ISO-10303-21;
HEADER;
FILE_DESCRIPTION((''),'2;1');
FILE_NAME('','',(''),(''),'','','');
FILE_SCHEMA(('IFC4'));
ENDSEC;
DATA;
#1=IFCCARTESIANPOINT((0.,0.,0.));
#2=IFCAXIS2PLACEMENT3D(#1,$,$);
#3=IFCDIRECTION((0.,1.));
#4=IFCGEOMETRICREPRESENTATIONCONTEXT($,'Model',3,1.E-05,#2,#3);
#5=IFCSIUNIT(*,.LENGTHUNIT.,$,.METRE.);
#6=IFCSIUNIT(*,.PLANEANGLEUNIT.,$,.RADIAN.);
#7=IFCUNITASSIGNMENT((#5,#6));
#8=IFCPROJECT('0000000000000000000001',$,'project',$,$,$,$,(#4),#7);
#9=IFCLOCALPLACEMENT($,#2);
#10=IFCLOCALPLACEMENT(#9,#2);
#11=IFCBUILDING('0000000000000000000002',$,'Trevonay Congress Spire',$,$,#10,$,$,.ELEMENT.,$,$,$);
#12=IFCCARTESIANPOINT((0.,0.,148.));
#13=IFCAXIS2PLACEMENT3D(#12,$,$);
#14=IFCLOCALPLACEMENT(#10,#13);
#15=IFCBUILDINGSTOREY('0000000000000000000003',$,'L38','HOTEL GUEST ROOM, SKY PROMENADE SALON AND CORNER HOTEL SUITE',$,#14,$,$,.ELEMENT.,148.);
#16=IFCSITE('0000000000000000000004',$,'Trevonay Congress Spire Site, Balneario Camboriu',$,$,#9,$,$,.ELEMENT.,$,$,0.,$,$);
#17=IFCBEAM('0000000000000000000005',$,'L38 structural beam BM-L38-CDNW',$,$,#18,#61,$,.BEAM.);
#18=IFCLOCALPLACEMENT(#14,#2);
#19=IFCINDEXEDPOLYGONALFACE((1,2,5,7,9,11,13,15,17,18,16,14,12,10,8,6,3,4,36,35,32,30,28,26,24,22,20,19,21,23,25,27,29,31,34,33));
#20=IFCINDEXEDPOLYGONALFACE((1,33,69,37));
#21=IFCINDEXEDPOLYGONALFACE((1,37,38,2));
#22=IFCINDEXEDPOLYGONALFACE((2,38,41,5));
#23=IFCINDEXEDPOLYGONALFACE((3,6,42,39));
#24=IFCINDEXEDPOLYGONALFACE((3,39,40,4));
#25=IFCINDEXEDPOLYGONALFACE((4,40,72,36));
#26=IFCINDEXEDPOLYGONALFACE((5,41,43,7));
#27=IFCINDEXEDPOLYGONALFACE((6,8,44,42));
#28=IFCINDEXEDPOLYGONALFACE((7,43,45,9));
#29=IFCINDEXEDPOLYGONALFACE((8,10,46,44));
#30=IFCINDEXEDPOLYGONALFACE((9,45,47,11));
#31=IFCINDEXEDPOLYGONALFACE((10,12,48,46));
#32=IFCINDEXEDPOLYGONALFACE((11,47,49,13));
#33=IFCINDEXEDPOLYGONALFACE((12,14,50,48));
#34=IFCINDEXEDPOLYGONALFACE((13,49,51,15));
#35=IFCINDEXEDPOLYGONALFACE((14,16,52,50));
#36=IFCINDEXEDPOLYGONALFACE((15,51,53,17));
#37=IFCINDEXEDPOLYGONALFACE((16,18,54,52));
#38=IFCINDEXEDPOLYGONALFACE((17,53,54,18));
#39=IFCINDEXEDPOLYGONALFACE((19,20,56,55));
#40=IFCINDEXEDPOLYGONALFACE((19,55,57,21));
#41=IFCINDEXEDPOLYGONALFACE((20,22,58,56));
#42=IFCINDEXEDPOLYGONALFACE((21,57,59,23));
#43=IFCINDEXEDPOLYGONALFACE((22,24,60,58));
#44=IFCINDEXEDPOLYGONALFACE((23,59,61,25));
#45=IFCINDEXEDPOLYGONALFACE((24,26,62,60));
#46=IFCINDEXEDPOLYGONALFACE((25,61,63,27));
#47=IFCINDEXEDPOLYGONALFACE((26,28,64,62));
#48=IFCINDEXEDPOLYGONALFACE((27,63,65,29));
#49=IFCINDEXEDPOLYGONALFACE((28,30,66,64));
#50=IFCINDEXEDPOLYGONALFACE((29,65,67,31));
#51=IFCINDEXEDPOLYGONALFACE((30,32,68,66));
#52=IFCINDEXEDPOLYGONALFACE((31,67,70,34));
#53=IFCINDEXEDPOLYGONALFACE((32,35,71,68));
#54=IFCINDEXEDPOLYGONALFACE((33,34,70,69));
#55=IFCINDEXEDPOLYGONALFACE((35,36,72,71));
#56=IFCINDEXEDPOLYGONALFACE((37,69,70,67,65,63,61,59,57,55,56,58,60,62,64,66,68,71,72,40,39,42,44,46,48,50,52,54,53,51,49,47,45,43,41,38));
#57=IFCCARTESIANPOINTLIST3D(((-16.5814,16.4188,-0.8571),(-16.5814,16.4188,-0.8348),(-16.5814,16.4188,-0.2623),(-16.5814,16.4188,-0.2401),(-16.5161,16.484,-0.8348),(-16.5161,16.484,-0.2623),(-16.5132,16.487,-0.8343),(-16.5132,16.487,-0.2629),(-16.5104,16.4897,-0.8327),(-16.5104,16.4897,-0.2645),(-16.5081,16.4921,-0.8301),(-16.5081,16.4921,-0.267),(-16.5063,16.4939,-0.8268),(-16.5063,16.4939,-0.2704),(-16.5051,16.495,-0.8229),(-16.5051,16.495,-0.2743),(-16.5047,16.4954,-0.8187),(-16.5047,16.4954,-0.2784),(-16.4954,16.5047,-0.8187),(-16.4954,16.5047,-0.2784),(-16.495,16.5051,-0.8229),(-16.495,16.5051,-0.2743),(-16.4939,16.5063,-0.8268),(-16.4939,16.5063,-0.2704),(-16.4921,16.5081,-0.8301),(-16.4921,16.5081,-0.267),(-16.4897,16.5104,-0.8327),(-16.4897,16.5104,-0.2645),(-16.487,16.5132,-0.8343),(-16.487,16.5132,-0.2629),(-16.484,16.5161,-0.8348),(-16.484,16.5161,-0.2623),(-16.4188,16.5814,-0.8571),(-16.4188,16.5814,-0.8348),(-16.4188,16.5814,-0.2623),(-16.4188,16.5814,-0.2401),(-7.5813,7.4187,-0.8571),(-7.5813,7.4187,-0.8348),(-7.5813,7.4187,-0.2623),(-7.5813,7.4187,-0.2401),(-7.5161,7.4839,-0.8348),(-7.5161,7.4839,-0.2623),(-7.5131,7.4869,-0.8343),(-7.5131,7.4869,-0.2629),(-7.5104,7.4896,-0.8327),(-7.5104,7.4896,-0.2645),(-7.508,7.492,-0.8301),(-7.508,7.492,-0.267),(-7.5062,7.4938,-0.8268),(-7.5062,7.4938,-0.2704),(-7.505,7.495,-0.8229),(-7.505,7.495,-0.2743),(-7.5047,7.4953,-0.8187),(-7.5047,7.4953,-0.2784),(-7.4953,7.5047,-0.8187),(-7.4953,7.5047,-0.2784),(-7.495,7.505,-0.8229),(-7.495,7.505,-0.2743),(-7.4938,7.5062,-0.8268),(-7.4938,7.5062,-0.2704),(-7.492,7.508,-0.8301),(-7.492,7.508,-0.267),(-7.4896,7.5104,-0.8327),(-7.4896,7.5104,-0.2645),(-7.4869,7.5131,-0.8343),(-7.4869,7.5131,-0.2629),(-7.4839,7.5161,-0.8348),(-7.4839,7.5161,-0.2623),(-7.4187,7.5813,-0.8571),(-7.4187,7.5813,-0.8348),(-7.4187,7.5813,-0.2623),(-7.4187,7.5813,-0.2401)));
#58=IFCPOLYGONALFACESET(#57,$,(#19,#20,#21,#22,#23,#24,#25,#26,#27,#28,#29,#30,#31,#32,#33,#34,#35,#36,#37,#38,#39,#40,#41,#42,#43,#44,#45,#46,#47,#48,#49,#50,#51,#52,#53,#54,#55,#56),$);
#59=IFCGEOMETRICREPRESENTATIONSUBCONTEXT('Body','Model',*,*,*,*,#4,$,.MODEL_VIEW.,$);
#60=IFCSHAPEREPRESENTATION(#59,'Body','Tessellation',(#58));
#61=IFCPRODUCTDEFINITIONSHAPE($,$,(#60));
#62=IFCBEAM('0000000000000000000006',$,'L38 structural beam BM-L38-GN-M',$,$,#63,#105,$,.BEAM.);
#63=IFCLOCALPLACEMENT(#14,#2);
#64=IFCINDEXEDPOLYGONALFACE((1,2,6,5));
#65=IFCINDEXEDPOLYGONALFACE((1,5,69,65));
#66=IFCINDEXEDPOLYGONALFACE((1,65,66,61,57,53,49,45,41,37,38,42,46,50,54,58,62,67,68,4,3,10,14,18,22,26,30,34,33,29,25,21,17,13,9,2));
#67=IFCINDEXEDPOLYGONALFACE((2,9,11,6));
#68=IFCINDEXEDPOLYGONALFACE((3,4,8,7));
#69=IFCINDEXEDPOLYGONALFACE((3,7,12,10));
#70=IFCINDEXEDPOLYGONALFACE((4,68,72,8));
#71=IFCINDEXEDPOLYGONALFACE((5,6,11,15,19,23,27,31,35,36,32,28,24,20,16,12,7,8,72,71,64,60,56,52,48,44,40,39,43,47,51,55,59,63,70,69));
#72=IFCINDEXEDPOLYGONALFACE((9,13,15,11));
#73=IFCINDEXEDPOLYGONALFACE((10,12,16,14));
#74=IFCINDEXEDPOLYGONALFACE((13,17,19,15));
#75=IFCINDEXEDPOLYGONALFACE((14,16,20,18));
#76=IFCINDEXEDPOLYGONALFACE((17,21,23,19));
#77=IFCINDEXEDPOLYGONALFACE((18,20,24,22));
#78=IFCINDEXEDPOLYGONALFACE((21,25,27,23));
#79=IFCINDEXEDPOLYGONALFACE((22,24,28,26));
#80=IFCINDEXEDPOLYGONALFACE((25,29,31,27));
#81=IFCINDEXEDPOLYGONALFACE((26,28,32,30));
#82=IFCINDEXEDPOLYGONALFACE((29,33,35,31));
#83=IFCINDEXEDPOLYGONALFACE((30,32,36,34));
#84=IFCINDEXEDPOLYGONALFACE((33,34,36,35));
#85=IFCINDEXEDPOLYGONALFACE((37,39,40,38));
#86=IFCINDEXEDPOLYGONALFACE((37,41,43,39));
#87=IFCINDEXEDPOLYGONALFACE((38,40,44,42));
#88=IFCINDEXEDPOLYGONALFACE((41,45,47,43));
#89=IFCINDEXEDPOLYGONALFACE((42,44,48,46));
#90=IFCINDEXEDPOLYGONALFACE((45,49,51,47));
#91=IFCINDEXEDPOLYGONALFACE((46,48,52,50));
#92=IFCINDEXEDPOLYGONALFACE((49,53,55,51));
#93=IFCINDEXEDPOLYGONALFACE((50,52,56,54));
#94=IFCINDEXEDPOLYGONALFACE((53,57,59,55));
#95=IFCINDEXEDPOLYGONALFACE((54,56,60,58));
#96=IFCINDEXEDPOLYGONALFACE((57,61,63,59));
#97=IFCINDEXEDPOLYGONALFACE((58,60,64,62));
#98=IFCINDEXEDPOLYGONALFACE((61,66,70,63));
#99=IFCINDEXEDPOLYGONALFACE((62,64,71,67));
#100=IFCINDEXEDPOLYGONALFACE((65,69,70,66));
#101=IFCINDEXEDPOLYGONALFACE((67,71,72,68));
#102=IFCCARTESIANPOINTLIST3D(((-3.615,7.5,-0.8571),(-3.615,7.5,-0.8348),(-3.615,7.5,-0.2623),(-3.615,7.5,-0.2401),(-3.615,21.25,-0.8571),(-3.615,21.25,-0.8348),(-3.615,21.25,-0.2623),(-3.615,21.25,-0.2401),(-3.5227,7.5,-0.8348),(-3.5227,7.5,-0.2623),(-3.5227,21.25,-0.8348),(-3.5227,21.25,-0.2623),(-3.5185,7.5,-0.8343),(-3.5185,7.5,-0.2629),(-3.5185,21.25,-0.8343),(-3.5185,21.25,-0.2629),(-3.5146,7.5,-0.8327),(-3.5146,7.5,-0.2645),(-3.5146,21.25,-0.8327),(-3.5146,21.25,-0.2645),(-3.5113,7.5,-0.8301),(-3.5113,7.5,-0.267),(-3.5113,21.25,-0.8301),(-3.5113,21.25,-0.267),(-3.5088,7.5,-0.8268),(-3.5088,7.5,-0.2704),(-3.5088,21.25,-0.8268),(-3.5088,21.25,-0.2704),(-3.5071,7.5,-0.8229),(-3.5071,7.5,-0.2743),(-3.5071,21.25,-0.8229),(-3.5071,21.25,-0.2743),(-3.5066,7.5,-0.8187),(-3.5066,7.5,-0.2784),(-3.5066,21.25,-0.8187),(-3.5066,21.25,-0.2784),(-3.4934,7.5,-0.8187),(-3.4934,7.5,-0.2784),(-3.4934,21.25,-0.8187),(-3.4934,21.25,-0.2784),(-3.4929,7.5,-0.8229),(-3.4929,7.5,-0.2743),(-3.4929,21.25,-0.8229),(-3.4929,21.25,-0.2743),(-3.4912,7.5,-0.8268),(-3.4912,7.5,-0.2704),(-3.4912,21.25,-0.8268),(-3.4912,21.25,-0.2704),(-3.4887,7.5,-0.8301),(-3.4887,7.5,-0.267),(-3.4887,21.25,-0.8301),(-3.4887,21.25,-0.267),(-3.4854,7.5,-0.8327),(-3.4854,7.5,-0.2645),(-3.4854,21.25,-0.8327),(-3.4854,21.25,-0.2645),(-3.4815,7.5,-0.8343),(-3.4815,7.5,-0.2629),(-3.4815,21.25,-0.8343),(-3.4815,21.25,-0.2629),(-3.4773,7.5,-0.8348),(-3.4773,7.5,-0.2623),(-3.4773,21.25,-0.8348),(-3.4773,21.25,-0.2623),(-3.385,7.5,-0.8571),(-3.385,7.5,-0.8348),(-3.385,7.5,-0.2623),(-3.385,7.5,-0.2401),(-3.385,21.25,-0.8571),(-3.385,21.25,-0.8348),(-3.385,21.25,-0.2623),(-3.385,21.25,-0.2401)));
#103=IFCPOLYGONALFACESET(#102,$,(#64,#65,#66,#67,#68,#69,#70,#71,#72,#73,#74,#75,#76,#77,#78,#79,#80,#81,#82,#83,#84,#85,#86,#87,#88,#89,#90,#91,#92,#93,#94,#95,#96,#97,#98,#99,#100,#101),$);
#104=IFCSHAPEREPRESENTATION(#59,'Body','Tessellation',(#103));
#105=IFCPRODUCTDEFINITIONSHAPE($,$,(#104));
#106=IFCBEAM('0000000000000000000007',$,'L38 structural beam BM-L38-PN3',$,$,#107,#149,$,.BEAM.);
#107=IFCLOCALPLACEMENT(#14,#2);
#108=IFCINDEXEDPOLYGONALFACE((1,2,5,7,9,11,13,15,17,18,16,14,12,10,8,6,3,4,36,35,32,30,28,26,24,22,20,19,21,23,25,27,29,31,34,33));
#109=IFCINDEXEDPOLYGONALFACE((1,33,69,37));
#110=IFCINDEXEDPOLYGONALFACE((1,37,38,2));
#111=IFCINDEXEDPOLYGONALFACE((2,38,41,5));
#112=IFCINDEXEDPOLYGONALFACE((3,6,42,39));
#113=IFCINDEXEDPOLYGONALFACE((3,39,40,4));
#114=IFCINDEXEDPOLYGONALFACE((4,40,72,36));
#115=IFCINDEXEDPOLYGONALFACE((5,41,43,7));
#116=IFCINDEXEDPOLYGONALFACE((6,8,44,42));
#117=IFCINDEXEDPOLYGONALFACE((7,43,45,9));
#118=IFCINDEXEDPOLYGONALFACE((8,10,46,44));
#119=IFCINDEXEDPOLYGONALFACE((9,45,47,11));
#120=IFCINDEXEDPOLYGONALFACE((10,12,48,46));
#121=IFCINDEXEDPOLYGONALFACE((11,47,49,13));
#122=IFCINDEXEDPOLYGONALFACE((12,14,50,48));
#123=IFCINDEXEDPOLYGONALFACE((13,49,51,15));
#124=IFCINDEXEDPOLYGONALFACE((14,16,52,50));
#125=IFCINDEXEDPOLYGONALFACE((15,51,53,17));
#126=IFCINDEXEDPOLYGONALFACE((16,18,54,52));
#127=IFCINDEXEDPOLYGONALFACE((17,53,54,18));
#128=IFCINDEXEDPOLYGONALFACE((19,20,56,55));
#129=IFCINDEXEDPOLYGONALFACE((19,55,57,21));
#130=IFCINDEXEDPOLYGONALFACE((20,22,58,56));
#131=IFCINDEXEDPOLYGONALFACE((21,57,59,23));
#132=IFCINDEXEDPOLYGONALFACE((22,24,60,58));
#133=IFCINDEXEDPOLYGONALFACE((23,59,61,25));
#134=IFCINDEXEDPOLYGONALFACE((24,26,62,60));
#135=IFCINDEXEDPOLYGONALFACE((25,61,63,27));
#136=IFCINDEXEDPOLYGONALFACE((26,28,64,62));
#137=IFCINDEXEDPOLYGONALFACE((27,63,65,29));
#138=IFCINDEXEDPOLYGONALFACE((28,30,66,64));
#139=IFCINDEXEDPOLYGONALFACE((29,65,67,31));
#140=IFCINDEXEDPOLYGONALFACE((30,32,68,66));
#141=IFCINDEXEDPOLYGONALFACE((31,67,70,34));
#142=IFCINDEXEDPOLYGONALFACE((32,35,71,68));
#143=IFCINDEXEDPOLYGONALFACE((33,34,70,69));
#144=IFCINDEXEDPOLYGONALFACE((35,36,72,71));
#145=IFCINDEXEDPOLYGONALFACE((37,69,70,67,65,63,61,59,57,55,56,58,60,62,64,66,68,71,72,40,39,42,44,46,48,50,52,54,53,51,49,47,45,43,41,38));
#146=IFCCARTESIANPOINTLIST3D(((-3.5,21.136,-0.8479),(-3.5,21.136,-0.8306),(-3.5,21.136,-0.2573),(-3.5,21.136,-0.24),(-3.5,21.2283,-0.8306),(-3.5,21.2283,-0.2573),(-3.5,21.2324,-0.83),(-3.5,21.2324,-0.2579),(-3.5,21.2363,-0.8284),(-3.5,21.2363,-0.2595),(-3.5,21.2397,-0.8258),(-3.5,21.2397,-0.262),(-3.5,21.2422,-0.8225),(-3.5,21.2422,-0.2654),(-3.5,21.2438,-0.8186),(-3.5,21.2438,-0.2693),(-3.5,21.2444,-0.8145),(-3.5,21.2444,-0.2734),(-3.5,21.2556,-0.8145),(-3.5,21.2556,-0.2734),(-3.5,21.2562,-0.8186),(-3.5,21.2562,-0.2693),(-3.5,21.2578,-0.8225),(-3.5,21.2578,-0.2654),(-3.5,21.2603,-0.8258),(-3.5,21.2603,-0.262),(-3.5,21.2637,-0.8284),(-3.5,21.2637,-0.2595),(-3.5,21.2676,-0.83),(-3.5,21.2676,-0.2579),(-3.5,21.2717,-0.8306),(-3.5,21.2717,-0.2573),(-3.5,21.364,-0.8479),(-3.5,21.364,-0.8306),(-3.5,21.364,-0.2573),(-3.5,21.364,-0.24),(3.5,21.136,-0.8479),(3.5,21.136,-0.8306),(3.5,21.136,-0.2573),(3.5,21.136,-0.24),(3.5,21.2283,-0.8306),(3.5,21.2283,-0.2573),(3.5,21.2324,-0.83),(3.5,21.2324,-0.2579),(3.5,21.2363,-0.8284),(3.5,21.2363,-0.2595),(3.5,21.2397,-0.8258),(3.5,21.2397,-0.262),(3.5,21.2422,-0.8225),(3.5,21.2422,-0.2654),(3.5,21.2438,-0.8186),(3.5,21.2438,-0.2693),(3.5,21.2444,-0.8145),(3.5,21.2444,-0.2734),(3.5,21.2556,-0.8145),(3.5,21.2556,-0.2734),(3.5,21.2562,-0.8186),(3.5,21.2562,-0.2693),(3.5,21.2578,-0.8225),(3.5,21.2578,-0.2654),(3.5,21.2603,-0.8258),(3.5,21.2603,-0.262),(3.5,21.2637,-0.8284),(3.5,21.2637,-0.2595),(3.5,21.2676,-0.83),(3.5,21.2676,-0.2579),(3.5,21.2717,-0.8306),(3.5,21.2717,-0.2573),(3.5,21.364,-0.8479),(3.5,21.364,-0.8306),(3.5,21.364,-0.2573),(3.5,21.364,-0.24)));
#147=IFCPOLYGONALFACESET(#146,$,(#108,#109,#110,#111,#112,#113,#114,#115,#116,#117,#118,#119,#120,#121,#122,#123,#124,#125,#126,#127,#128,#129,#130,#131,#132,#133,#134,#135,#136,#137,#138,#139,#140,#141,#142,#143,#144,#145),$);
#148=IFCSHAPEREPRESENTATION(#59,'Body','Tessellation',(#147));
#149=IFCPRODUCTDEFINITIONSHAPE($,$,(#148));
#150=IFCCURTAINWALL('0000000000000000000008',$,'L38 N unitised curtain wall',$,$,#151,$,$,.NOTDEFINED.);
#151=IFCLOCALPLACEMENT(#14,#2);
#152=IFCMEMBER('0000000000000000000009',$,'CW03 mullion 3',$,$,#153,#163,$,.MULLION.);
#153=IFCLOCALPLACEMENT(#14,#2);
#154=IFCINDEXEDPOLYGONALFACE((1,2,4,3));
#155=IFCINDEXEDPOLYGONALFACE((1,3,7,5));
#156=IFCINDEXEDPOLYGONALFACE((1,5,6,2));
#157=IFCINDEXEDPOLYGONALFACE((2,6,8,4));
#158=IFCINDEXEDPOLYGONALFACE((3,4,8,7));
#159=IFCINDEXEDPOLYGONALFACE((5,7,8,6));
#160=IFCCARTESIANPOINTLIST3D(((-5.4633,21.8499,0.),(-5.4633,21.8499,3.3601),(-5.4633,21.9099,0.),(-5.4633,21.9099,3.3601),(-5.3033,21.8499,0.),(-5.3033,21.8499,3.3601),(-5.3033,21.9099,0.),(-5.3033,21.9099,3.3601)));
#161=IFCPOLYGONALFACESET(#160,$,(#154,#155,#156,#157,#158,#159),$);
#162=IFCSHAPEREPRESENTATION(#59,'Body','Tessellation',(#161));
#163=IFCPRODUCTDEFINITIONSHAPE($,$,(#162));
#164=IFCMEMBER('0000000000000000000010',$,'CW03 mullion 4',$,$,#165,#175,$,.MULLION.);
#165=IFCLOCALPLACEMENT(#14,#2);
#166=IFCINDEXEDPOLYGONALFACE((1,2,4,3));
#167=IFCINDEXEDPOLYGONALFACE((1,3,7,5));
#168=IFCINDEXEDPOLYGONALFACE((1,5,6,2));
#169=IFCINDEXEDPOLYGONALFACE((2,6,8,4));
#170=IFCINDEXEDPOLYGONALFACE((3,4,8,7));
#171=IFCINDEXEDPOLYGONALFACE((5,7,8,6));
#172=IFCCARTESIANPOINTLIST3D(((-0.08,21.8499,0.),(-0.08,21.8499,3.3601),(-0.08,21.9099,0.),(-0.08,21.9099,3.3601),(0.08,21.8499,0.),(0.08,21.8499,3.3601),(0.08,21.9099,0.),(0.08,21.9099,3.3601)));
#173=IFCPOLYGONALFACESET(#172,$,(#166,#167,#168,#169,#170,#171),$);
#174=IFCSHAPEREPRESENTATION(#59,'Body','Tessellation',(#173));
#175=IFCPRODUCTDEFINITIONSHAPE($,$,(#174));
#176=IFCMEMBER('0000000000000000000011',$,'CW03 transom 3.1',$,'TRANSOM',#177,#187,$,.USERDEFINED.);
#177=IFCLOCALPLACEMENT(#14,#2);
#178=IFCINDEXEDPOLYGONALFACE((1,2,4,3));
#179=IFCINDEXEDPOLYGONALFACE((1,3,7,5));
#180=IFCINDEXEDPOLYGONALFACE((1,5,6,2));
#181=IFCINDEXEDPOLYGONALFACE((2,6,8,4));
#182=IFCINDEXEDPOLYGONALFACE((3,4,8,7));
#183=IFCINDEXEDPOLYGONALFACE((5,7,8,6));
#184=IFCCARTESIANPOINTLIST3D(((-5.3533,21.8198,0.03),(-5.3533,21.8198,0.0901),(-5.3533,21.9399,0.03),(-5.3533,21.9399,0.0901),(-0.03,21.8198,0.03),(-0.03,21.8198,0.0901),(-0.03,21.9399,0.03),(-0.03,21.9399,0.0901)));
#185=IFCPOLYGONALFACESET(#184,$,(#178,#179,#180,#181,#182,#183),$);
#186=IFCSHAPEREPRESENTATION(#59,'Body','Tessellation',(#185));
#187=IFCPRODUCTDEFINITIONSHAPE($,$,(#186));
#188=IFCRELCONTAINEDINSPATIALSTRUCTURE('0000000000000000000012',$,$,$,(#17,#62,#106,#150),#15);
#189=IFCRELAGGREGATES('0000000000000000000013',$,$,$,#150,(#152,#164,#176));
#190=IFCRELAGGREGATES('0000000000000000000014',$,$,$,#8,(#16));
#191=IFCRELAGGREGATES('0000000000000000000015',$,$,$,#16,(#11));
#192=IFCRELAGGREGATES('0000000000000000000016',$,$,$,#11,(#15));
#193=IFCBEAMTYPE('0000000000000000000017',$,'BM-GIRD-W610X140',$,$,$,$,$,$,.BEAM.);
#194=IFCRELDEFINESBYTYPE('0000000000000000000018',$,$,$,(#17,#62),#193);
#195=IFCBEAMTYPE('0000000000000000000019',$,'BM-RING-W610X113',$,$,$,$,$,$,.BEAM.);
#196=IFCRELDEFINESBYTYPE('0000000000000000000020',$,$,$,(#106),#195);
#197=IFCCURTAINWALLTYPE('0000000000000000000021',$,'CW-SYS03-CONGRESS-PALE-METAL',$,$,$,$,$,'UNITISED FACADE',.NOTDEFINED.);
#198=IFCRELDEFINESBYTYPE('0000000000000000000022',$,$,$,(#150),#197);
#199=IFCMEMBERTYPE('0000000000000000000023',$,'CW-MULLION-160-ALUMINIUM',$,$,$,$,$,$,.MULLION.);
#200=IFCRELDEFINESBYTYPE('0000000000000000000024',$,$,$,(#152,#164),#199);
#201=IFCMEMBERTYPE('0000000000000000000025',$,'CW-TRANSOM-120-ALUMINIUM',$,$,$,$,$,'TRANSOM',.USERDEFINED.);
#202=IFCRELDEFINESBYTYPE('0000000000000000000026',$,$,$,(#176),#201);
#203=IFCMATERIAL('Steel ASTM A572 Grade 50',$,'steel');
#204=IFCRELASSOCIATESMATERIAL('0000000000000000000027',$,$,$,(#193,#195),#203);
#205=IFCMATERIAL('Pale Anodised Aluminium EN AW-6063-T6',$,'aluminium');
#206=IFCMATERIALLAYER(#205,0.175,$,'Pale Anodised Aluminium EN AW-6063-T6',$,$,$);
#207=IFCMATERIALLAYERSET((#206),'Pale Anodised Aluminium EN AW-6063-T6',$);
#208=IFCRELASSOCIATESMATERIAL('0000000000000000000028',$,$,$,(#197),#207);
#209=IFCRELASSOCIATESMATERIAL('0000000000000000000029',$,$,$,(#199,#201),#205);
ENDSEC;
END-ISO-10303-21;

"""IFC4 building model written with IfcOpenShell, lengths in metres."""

from ifc_helpers import new_model, si_unit, direction, frame, origin, origin_2d, place, context, subcontext, project, spatial, rectangle, i_section, extrude, material, layer, layer_set, material_profile, profile_set, type_object, element, aggregate, save


model = new_model("IFC4")

# Units and contexts
model_context = context("Model", 3, precision=1e-05, world=origin(), true_north=direction((0.0, 1.0)))
body_context = subcontext(model_context, "Body", "Model", "MODEL_VIEW")
ifc_project = project(units=[si_unit("LENGTHUNIT", "METRE"), si_unit("PLANEANGLEUNIT", "RADIAN")], contexts=[model_context])

# Site, building, storey
site_placement = place(None, origin())
site = spatial("IfcSite", under=ifc_project, at=site_placement, Name="Trevonay Congress Spire Site, Balneario Camboriu", CompositionType="ELEMENT", RefElevation=0.0)
building_placement = place(site_placement, origin())
building = spatial("IfcBuilding", under=site, at=building_placement, Name="Trevonay Congress Spire", CompositionType="ELEMENT")
storey_placement = place(building_placement, frame((0.0, 0.0, 148.0)))
storey = spatial("IfcBuildingStorey", under=building, at=storey_placement, Name="L38", Description="HOTEL GUEST ROOM, SKY PROMENADE SALON AND CORNER HOTEL SUITE", CompositionType="ELEMENT", Elevation=148.0)

# Shared definitions
ifc_material_1 = material(Name="Steel ASTM A572 Grade 50", Category="steel")

# Beams
ifc_material_profile_1 = material_profile(ifc_material_1, i_section(OverallWidth=0.23, OverallDepth=0.6169, WebThickness=0.0132, FlangeThickness=0.0222, FilletRadius=0.0161, at=origin_2d()), Name="W610x140")
ifc_profile_set_1 = profile_set([ifc_material_profile_1], Name="Steel ASTM A572 Grade 50")
beam_type_1 = type_object("IfcBeamType", Name="BM-GIRD-W610X140", PredefinedType="BEAM", material=ifc_profile_set_1)
beam_1_placement = place(storey_placement, frame((-7.5, 7.5, -0.5486), z_axis=(-0.707107, 0.707107, 0.0), x_axis=(-0.707107, -0.707107, 0.0)))
element("IfcBeam", 1, at=beam_1_placement, inside=storey, type_object=beam_type_1, Name="L38 structural beam BM-L38-CDNW", PredefinedType="BEAM", context=body_context, shape_type="SweptSolid", body=[
    extrude(i_section(OverallWidth=0.23, OverallDepth=0.6169, WebThickness=0.0132, FlangeThickness=0.0222, FilletRadius=0.0161, at=origin_2d()), origin(), (0.0, 0.0, 1.0), 12.728),
])
beam_2_placement = place(storey_placement, frame((-3.5, 7.5, -0.5486), z_axis=(0.0, 1.0, 0.0), x_axis=(-1.0, 0.0, 0.0)))
element("IfcBeam", 2, at=beam_2_placement, inside=storey, type_object=beam_type_1, Name="L38 structural beam BM-L38-GN-M", PredefinedType="BEAM", context=body_context, shape_type="SweptSolid", body=[
    extrude(i_section(OverallWidth=0.23, OverallDepth=0.6169, WebThickness=0.0132, FlangeThickness=0.0222, FilletRadius=0.0161, at=origin_2d()), origin(), (0.0, 0.0, 1.0), 13.75),
])
ifc_material_profile_2 = material_profile(ifc_material_1, i_section(OverallWidth=0.228, OverallDepth=0.6079, WebThickness=0.0112, FlangeThickness=0.0173, FilletRadius=0.0161, at=origin_2d()), Name="W610x113")
ifc_profile_set_2 = profile_set([ifc_material_profile_2], Name="Steel ASTM A572 Grade 50")
beam_type_2 = type_object("IfcBeamType", Name="BM-RING-W610X113", PredefinedType="BEAM", material=ifc_profile_set_2)
beam_3_placement = place(storey_placement, frame((-3.5, 21.25, -0.5439), z_axis=(1.0, 0.0, 0.0), x_axis=(0.0, 1.0, 0.0)))
element("IfcBeam", 3, at=beam_3_placement, inside=storey, type_object=beam_type_2, Name="L38 structural beam BM-L38-PN3", PredefinedType="BEAM", context=body_context, shape_type="SweptSolid", body=[
    extrude(i_section(OverallWidth=0.228, OverallDepth=0.6079, WebThickness=0.0112, FlangeThickness=0.0173, FilletRadius=0.0161, at=origin_2d()), origin(), (0.0, 0.0, 1.0), 7.0),
])

# Curtain wall, members
ifc_material_2 = material(Name="Pale Anodised Aluminium EN AW-6063-T6", Category="aluminium")
ifc_layer_1 = layer(ifc_material_2, 0.175, Name="Pale Anodised Aluminium EN AW-6063-T6")
ifc_layer_set_1 = layer_set([ifc_layer_1], Name="Pale Anodised Aluminium EN AW-6063-T6")
curtain_wall_type = type_object("IfcCurtainWallType", Name="CW-SYS03-CONGRESS-PALE-METAL", ElementType="UNITISED FACADE", PredefinedType="NOTDEFINED", material=ifc_layer_set_1)
curtain_wall_placement = place(storey_placement, origin())
curtain_wall = element("IfcCurtainWall", 4, at=curtain_wall_placement, inside=storey, type_object=curtain_wall_type, Name="L38 N unitised curtain wall", PredefinedType="NOTDEFINED")
ifc_material_profile_3 = material_profile(ifc_material_2, rectangle(XDim=0.0601, YDim=0.1599, at=origin_2d()), Name="CW-MULLION-160-ALUMINIUM")
ifc_profile_set_3 = profile_set([ifc_material_profile_3], Name="Pale Anodised Aluminium EN AW-6063-T6")
member_type_1 = type_object("IfcMemberType", Name="CW-MULLION-160-ALUMINIUM", PredefinedType="MULLION", material=ifc_profile_set_3)
member_1_placement = place(storey_placement, frame((-5.3833, 21.8799, 0.0), z_axis=(0.0, 0.0, 1.0), x_axis=(0.0, 1.0, 0.0)))
member_1 = element("IfcMember", 5, at=member_1_placement, type_object=member_type_1, Name="CW03 mullion 3", PredefinedType="MULLION", context=body_context, shape_type="SweptSolid", body=[
    extrude(rectangle(XDim=0.0601, YDim=0.1599, at=origin_2d()), origin(), (0.0, 0.0, 1.0), 3.3601),
])
member_2_placement = place(storey_placement, frame((0.0, 21.8799, 0.0), z_axis=(0.0, 0.0, 1.0), x_axis=(0.0, 1.0, 0.0)))
member_2 = element("IfcMember", 6, at=member_2_placement, type_object=member_type_1, Name="CW03 mullion 4", PredefinedType="MULLION", context=body_context, shape_type="SweptSolid", body=[
    extrude(rectangle(XDim=0.0601, YDim=0.1599, at=origin_2d()), origin(), (0.0, 0.0, 1.0), 3.3601),
])
ifc_material_profile_4 = material_profile(ifc_material_2, rectangle(XDim=0.1201, YDim=0.0601, at=origin_2d()), Name="CW-TRANSOM-120-ALUMINIUM")
ifc_profile_set_4 = profile_set([ifc_material_profile_4], Name="Pale Anodised Aluminium EN AW-6063-T6")
member_type_2 = type_object("IfcMemberType", Name="CW-TRANSOM-120-ALUMINIUM", ElementType="TRANSOM", PredefinedType="USERDEFINED", material=ifc_profile_set_4)
member_3_placement = place(storey_placement, frame((-5.3533, 21.8799, 0.0601), z_axis=(1.0, 0.0, 0.0), x_axis=(0.0, 1.0, 0.0)))
member_3 = element("IfcMember", 7, at=member_3_placement, type_object=member_type_2, Name="CW03 transom 3.1", ObjectType="TRANSOM", PredefinedType="USERDEFINED", context=body_context, shape_type="SweptSolid", body=[
    extrude(rectangle(XDim=0.1201, YDim=0.0601, at=origin_2d()), origin(), (0.0, 0.0, 1.0), 5.3232),
])
aggregate(curtain_wall, [member_1, member_2, member_3])

save(model, "model.ifc")
